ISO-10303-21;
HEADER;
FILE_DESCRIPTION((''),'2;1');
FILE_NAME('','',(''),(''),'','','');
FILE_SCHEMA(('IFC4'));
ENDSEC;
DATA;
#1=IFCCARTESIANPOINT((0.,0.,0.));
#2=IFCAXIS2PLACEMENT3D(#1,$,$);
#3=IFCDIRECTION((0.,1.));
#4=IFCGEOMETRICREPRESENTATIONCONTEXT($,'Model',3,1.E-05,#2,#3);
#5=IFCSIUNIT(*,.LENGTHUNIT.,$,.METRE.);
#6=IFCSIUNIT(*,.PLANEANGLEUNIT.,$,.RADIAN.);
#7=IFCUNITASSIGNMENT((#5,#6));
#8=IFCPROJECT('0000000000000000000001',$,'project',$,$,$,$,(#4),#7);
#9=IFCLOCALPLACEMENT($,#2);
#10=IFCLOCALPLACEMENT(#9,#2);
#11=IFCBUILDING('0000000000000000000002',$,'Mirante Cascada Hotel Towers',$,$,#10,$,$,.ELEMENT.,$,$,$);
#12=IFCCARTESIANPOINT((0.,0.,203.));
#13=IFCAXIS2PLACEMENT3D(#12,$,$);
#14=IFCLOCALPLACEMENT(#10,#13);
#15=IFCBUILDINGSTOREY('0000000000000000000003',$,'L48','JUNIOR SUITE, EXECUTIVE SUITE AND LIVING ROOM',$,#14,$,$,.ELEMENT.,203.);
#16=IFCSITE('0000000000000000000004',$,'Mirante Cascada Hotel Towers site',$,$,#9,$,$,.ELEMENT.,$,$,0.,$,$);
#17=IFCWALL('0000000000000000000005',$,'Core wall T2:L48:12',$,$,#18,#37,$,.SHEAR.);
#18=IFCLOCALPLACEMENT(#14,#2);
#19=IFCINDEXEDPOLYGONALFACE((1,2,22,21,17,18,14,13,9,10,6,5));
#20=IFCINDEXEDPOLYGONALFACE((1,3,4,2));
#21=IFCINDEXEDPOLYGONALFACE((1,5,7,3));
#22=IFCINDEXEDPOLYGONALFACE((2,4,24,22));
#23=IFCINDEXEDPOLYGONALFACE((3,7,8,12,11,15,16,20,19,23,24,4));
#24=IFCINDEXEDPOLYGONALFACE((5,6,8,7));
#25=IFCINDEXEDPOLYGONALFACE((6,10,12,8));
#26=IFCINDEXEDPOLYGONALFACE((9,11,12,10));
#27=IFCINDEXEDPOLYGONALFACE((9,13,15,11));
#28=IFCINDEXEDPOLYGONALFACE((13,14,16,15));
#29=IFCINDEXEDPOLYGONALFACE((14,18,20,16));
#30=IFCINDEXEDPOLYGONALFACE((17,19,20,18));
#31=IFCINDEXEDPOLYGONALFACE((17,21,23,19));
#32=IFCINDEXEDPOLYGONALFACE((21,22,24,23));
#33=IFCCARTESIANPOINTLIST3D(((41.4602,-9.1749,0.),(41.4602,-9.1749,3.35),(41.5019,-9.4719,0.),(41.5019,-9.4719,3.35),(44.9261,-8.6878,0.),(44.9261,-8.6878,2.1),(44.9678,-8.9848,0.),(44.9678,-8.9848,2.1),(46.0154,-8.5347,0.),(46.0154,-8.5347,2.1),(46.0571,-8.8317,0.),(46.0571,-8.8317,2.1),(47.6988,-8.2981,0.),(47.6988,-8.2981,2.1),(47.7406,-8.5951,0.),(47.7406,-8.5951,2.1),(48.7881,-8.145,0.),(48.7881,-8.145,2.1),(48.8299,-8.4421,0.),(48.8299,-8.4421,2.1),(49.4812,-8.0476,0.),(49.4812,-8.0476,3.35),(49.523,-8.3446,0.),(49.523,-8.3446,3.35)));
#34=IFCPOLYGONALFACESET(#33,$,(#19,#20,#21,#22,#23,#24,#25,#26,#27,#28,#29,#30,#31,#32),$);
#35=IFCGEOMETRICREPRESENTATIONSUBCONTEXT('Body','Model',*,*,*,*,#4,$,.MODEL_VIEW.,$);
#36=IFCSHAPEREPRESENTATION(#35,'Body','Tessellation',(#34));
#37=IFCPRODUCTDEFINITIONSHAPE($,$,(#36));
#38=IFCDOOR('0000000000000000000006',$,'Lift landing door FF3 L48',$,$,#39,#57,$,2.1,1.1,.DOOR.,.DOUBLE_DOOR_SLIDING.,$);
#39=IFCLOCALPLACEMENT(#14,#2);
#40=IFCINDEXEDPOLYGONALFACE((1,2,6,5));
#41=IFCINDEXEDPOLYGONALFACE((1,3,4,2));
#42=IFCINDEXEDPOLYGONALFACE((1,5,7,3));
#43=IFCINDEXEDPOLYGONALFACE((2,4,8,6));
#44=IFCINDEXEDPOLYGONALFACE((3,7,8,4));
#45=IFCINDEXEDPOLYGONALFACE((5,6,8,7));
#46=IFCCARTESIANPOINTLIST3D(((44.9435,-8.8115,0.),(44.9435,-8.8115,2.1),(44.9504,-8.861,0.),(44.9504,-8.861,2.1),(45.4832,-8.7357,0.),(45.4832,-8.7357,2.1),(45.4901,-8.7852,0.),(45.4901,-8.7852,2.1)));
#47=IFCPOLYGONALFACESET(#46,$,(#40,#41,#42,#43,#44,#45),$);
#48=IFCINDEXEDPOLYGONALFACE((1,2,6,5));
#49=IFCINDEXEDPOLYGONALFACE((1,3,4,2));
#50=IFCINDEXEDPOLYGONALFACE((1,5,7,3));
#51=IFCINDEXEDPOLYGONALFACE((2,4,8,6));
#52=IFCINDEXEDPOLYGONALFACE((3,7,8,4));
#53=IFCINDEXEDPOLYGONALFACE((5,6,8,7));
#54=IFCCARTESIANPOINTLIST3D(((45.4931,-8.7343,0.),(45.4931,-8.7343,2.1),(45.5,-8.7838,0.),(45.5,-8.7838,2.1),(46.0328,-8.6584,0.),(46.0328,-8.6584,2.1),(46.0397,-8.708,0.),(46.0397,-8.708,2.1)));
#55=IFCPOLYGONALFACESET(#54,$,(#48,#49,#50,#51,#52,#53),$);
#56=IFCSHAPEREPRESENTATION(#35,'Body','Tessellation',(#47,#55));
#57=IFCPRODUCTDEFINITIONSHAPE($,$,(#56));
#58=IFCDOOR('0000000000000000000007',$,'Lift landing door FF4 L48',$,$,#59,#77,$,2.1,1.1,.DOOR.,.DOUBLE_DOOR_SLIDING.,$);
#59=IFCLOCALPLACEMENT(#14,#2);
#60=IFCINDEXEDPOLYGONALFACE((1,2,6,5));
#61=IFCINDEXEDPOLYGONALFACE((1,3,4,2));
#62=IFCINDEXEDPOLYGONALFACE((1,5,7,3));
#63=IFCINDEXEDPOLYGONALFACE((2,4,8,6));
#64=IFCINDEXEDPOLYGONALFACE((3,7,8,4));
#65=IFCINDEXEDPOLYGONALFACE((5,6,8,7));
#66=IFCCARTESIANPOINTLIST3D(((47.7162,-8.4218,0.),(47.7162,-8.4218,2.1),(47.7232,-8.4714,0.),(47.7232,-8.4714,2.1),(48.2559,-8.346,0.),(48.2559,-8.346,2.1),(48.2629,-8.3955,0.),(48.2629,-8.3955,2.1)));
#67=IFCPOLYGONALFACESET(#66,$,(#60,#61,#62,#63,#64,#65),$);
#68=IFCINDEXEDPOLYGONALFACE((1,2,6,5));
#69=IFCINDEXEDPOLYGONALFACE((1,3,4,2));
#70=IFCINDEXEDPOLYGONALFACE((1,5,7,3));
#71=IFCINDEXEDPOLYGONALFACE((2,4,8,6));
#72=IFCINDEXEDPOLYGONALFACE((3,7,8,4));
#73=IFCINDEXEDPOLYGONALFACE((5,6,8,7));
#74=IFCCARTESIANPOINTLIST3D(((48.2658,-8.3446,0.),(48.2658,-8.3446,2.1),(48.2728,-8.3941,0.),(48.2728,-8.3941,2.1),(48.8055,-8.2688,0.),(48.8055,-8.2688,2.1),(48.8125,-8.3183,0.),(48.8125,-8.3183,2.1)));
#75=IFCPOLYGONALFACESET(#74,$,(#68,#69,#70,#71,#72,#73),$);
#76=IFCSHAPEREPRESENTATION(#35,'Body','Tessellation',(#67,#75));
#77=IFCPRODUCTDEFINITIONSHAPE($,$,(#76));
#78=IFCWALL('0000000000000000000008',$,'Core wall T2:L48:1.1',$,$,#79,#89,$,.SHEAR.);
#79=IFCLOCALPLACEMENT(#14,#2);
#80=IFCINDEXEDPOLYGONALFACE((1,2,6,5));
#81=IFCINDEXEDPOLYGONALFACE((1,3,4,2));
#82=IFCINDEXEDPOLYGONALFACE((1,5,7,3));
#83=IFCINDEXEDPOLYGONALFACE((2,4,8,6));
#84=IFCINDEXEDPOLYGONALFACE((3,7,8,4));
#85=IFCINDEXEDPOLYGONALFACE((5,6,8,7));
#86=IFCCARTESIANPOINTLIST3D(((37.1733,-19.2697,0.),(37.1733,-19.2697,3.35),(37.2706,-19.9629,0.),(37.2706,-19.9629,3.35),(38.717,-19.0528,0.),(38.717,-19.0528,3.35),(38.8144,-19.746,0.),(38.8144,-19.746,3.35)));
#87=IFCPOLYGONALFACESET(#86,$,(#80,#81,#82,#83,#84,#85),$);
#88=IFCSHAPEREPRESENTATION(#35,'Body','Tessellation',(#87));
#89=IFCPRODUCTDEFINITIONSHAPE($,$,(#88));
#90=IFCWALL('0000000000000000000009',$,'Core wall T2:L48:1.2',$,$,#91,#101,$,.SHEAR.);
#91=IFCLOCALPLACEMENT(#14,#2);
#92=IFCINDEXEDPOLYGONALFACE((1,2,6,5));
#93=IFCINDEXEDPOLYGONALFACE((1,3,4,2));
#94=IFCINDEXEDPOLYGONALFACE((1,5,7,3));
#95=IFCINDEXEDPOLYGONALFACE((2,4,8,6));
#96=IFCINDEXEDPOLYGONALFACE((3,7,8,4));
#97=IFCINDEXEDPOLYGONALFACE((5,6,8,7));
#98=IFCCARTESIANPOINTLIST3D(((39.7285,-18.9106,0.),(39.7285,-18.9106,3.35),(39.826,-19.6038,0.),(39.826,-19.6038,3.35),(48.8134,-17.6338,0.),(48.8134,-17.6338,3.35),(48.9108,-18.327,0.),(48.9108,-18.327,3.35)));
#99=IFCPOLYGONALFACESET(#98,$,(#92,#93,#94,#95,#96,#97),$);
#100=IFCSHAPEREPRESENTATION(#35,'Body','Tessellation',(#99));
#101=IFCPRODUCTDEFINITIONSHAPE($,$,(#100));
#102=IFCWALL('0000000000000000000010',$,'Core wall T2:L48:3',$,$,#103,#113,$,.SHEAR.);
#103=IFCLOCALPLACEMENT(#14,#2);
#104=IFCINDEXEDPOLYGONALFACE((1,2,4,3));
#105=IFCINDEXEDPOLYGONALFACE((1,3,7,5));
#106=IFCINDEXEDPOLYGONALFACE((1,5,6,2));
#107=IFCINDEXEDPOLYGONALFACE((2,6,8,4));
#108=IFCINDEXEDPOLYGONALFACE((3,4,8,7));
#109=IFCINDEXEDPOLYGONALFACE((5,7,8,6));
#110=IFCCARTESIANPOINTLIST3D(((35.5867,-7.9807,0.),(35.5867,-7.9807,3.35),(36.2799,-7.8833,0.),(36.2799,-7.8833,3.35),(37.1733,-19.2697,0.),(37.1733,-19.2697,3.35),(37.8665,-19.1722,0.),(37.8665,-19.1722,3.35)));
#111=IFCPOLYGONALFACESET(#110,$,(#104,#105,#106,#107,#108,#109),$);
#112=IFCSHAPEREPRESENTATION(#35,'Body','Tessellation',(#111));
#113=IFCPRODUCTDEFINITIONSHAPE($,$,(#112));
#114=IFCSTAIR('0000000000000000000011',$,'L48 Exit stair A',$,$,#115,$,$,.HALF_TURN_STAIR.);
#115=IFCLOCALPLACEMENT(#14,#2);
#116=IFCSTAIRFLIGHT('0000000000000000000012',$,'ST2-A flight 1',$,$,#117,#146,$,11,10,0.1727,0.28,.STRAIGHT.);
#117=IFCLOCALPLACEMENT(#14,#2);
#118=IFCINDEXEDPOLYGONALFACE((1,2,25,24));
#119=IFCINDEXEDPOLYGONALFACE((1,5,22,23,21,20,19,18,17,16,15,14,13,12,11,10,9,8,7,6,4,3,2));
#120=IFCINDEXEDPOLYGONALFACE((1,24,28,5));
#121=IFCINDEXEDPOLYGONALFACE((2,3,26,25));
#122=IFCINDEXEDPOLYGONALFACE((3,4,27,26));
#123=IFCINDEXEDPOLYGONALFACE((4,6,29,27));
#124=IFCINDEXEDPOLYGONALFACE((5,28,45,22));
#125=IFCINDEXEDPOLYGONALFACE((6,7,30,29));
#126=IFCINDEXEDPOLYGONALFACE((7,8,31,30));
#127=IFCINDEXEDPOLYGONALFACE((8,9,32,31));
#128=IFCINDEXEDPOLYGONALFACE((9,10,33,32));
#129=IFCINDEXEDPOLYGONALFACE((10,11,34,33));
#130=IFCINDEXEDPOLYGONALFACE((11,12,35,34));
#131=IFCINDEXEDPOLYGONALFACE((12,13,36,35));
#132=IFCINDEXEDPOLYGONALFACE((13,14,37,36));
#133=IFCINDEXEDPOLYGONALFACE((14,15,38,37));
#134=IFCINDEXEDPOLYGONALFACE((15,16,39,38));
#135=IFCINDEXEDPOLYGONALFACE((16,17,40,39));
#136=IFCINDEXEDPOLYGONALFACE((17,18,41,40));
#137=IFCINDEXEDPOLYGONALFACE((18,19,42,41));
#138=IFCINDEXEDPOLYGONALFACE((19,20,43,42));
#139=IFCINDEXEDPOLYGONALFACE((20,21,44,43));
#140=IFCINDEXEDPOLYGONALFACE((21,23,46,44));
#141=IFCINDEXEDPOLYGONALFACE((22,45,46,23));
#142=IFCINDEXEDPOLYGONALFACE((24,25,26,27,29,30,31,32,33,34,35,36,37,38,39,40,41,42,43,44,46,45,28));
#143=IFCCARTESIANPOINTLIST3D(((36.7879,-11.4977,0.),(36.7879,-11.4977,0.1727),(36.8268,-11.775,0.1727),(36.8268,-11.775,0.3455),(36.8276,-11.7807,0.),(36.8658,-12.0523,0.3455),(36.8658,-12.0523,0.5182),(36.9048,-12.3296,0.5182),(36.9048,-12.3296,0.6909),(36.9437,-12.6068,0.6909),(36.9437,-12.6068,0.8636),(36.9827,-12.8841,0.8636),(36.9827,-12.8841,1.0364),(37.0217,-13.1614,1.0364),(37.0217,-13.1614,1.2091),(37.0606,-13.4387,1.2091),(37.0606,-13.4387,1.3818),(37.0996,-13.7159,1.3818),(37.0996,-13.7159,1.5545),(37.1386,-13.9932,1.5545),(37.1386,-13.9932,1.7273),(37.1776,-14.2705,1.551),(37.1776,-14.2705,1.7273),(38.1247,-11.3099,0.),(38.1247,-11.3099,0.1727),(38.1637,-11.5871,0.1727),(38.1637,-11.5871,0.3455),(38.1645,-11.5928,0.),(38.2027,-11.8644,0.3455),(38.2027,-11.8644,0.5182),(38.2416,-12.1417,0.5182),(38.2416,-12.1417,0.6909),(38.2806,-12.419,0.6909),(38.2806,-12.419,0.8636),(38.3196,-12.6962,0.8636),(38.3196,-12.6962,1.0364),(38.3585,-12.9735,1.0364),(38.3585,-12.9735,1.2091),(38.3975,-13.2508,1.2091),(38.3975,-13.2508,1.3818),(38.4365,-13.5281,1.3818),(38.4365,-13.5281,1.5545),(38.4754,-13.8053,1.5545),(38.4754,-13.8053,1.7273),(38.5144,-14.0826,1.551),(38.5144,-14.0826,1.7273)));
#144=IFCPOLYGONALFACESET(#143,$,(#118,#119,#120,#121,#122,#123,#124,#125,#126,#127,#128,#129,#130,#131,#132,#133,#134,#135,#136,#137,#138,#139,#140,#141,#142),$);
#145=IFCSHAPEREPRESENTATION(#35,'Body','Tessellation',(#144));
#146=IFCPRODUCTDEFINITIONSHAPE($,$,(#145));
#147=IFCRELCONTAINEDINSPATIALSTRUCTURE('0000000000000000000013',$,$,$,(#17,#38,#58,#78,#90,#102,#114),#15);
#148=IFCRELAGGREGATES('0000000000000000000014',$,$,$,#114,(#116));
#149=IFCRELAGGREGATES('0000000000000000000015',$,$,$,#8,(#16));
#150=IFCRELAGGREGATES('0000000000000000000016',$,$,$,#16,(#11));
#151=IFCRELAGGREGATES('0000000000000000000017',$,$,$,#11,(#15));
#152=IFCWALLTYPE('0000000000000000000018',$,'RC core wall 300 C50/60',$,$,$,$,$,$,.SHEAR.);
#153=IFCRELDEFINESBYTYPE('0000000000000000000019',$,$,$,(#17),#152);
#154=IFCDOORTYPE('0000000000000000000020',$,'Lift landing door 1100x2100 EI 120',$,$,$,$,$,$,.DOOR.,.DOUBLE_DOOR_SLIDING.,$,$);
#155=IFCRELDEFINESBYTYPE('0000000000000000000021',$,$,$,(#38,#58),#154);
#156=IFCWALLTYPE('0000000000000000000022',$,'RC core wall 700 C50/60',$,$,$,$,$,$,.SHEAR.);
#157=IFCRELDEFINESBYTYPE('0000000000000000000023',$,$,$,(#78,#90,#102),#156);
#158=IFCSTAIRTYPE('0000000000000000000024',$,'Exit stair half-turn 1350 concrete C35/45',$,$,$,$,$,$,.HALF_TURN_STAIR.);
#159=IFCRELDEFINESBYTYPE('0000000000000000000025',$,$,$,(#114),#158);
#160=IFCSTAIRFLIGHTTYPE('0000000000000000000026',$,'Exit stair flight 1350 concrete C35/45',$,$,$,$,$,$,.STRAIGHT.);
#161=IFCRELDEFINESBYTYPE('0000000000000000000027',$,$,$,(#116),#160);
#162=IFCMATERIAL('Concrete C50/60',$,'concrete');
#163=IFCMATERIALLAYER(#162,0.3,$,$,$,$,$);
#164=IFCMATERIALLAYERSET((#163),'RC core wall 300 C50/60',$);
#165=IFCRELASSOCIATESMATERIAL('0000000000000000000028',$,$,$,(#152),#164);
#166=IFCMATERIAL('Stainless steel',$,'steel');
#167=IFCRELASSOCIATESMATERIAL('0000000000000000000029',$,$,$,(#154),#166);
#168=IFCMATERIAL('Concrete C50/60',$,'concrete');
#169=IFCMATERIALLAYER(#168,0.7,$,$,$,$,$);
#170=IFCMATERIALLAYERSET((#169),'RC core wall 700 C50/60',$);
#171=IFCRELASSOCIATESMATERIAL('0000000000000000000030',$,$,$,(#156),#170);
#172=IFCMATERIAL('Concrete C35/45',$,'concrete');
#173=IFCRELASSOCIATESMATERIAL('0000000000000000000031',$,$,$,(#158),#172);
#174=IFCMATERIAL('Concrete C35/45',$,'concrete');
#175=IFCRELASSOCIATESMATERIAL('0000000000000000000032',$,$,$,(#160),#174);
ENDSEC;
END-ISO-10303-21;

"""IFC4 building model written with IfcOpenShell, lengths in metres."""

from ifc_helpers import new_model, si_unit, direction, frame, frame_2d, origin, place, context, subcontext, project, spatial, polyline, rectangle, outline, extrude, material, layer, layer_set, type_object, element, fill, aggregate, save


model = new_model("IFC4")

# Units and contexts
model_context = context("Model", 3, precision=1e-05, world=origin(), true_north=direction((0.0, 1.0)))
body_context = subcontext(model_context, "Body", "Model", "MODEL_VIEW")
ifc_project = project(units=[si_unit("LENGTHUNIT", "METRE"), si_unit("PLANEANGLEUNIT", "RADIAN")], contexts=[model_context])

# Site, building, storey
site_placement = place(None, origin())
site = spatial("IfcSite", under=ifc_project, at=site_placement, Name="Mirante Cascada Hotel Towers site", CompositionType="ELEMENT", RefElevation=0.0)
building_placement = place(site_placement, origin())
building = spatial("IfcBuilding", under=site, at=building_placement, Name="Mirante Cascada Hotel Towers", CompositionType="ELEMENT")
storey_placement = place(building_placement, frame((0.0, 0.0, 203.0)))
storey = spatial("IfcBuildingStorey", under=building, at=storey_placement, Name="L48", Description="JUNIOR SUITE, EXECUTIVE SUITE AND LIVING ROOM", CompositionType="ELEMENT", Elevation=203.0)

# Shared definitions
ifc_material_1 = material(Name="Concrete C50/60", Category="concrete")
ifc_layer_1 = layer(ifc_material_1, 0.3)
ifc_layer_set_1 = layer_set([ifc_layer_1], Name="RC core wall 300 C50/60")
wall_type_1 = type_object("IfcWallType", Name="RC core wall 300 C50/60", PredefinedType="SHEAR", material=ifc_layer_set_1)

# Shared definitions
ifc_material_2 = material(Name="Stainless steel", Category="steel")
door_type_1 = type_object("IfcDoorType", Name="Lift landing door 1100x2100 EI 120", OperationType="DOUBLE_DOOR_SLIDING", PredefinedType="DOOR", material=ifc_material_2)

# Wall, openings, doors
wall_1_placement = place(storey_placement, frame((41.481, -9.3234, 0.0), z_axis=(0.0, 0.0, 1.0), x_axis=(0.990268, 0.139174, 0.0)))
wall_1 = element("IfcWall", 1, at=wall_1_placement, inside=storey, type_object=wall_type_1, Name="Core wall T2:L48:12", PredefinedType="SHEAR", context=body_context, shape_type="SweptSolid", body=[
    extrude(rectangle(XDim=8.0999, YDim=0.3, at=frame_2d((4.05, 0.0))), origin(), (0.0, 0.0, 1.0), 3.35),
])
opening_1_placement = place(wall_1_placement, frame((3.5, 0.0, 0.0)))
opening_1 = element("IfcOpeningElement", 2, at=opening_1_placement, cuts=wall_1, PredefinedType="OPENING", context=body_context, shape_type="SweptSolid", body=[
    extrude(rectangle(XDim=1.1, YDim=2.1, at=frame_2d((0.55, 1.05))), frame((0.0, 0.15, 0.0), z_axis=(0.0, -1.0, 0.0), x_axis=(1.0, 0.0, 0.0)), (0.0, 0.0, 1.0), 0.3),
])
opening_2_placement = place(wall_1_placement, frame((6.3, 0.0, 0.0)))
opening_2 = element("IfcOpeningElement", 3, at=opening_2_placement, cuts=wall_1, PredefinedType="OPENING", context=body_context, shape_type="SweptSolid", body=[
    extrude(rectangle(XDim=1.1, YDim=2.1, at=frame_2d((0.55, 1.05))), frame((0.0, 0.15, 0.0), z_axis=(0.0, -1.0, 0.0), x_axis=(1.0, 0.0, 0.0)), (0.0, 0.0, 1.0), 0.3),
])
door_1_placement = place(opening_1_placement, origin())
door_1 = element("IfcDoor", 4, at=door_1_placement, inside=storey, type_object=door_type_1, Name="Lift landing door FF3 L48", OperationType="DOUBLE_DOOR_SLIDING", OverallHeight=2.1, OverallWidth=1.1, PredefinedType="DOOR", context=body_context, shape_type="SweptSolid", body=[
    extrude(rectangle(XDim=0.545, YDim=2.1, at=frame_2d((0.2725, 1.05))), frame((0.0, 0.025, 0.0), z_axis=(0.0, -1.0, 0.0), x_axis=(1.0, 0.0, 0.0)), (0.0, 0.0, 1.0), 0.05),
    extrude(rectangle(XDim=0.545, YDim=2.1, at=frame_2d((0.8275, 1.05))), frame((0.0, 0.025, 0.0), z_axis=(0.0, -1.0, 0.0), x_axis=(1.0, 0.0, 0.0)), (0.0, 0.0, 1.0), 0.05),
])
fill(opening_1, door_1)
door_2_placement = place(opening_2_placement, origin())
door_2 = element("IfcDoor", 5, at=door_2_placement, inside=storey, type_object=door_type_1, Name="Lift landing door FF4 L48", OperationType="DOUBLE_DOOR_SLIDING", OverallHeight=2.1, OverallWidth=1.1, PredefinedType="DOOR", context=body_context, shape_type="SweptSolid", body=[
    extrude(rectangle(XDim=0.545, YDim=2.1, at=frame_2d((0.2725, 1.05))), frame((0.0, 0.025, 0.0), z_axis=(0.0, -1.0, 0.0), x_axis=(1.0, 0.0, 0.0)), (0.0, 0.0, 1.0), 0.05),
    extrude(rectangle(XDim=0.545, YDim=2.1, at=frame_2d((0.8275, 1.05))), frame((0.0, 0.025, 0.0), z_axis=(0.0, -1.0, 0.0), x_axis=(1.0, 0.0, 0.0)), (0.0, 0.0, 1.0), 0.05),
])
fill(opening_2, door_2)

# Walls
ifc_material_3 = material(Name="Concrete C50/60", Category="concrete")
ifc_layer_2 = layer(ifc_material_3, 0.7)
ifc_layer_set_2 = layer_set([ifc_layer_2], Name="RC core wall 700 C50/60")
wall_type_2 = type_object("IfcWallType", Name="RC core wall 700 C50/60", PredefinedType="SHEAR", material=ifc_layer_set_2)
wall_2_placement = place(storey_placement, frame((37.222, -19.6163, 0.0), z_axis=(0.0, 0.0, 1.0), x_axis=(0.990273, 0.13914, 0.0)))
element("IfcWall", 6, at=wall_2_placement, inside=storey, type_object=wall_type_2, Name="Core wall T2:L48:1.1", PredefinedType="SHEAR", context=body_context, shape_type="SweptSolid", body=[
    extrude(rectangle(XDim=1.5589, YDim=0.7, at=frame_2d((0.7794, 0.0))), origin(), (0.0, 0.0, 1.0), 3.35),
])
wall_3_placement = place(storey_placement, frame((39.7773, -19.2572, 0.0), z_axis=(0.0, 0.0, 1.0), x_axis=(0.990268, 0.139175, 0.0)))
element("IfcWall", 7, at=wall_3_placement, inside=storey, type_object=wall_type_2, Name="Core wall T2:L48:1.2", PredefinedType="SHEAR", context=body_context, shape_type="SweptSolid", body=[
    extrude(rectangle(XDim=9.1741, YDim=0.7, at=frame_2d((4.587, 0.0))), origin(), (0.0, 0.0, 1.0), 3.35),
])
wall_4_placement = place(storey_placement, frame((37.5199, -19.221, 0.0), z_axis=(0.0, 0.0, 1.0), x_axis=(-0.139176, 0.990268, 0.0)))
element("IfcWall", 8, at=wall_4_placement, inside=storey, type_object=wall_type_2, Name="Core wall T2:L48:3", PredefinedType="SHEAR", context=body_context, shape_type="SweptSolid", body=[
    extrude(rectangle(XDim=11.3999, YDim=0.7, at=frame_2d((5.7, 0.0))), origin(), (0.0, 0.0, 1.0), 3.35),
])

# Stair, stair flight
ifc_material_4 = material(Name="Concrete C35/45", Category="concrete")
stair_type = type_object("IfcStairType", Name="Exit stair half-turn 1350 concrete C35/45", PredefinedType="HALF_TURN_STAIR", material=ifc_material_4)
stair_placement = place(storey_placement, origin())
stair = element("IfcStair", 9, at=stair_placement, inside=storey, type_object=stair_type, Name="L48 Exit stair A", PredefinedType="HALF_TURN_STAIR")
ifc_material_5 = material(Name="Concrete C35/45", Category="concrete")
stair_flight_type = type_object("IfcStairFlightType", Name="Exit stair flight 1350 concrete C35/45", PredefinedType="STRAIGHT", material=ifc_material_5)
stair_flight_placement = place(storey_placement, frame((37.4563, -11.4038, 0.0), z_axis=(0.0, 0.0, 1.0), x_axis=(0.139173, -0.990268, 0.0)))
stair_flight = element("IfcStairFlight", 10, at=stair_flight_placement, type_object=stair_flight_type, Name="ST2-A flight 1", NumberOfRisers=11, NumberOfTreads=10, PredefinedType="STRAIGHT", RiserHeight=0.1727, TreadLength=0.28, context=body_context, shape_type="SweptSolid", body=[
    extrude(outline(polyline([(0.0, 0.0), (0.0, 0.1727), (0.28, 0.1727), (0.28, 0.3455), (0.56, 0.3455), (0.56, 0.5182), (0.84, 0.5182), (0.84, 0.6909), (1.12, 0.6909), (1.12, 0.8636), (1.4, 0.8636), (1.4, 1.0364), (1.68, 1.0364), (1.68, 1.2091), (1.96, 1.2091), (1.96, 1.3818), (2.24, 1.3818), (2.24, 1.5545), (2.52, 1.5545), (2.52, 1.7273), (2.8, 1.7273), (2.8, 1.9), (2.8, 1.551), (0.2857, 0.0), (0.0, 0.0)])), frame((0.0, 0.675, 0.0), z_axis=(0.0, -1.0, 0.0), x_axis=(1.0, 0.0, 0.0)), (0.0, 0.0, 1.0), 1.35),
])
aggregate(stair, [stair_flight])

save(model, "model.ifc")
